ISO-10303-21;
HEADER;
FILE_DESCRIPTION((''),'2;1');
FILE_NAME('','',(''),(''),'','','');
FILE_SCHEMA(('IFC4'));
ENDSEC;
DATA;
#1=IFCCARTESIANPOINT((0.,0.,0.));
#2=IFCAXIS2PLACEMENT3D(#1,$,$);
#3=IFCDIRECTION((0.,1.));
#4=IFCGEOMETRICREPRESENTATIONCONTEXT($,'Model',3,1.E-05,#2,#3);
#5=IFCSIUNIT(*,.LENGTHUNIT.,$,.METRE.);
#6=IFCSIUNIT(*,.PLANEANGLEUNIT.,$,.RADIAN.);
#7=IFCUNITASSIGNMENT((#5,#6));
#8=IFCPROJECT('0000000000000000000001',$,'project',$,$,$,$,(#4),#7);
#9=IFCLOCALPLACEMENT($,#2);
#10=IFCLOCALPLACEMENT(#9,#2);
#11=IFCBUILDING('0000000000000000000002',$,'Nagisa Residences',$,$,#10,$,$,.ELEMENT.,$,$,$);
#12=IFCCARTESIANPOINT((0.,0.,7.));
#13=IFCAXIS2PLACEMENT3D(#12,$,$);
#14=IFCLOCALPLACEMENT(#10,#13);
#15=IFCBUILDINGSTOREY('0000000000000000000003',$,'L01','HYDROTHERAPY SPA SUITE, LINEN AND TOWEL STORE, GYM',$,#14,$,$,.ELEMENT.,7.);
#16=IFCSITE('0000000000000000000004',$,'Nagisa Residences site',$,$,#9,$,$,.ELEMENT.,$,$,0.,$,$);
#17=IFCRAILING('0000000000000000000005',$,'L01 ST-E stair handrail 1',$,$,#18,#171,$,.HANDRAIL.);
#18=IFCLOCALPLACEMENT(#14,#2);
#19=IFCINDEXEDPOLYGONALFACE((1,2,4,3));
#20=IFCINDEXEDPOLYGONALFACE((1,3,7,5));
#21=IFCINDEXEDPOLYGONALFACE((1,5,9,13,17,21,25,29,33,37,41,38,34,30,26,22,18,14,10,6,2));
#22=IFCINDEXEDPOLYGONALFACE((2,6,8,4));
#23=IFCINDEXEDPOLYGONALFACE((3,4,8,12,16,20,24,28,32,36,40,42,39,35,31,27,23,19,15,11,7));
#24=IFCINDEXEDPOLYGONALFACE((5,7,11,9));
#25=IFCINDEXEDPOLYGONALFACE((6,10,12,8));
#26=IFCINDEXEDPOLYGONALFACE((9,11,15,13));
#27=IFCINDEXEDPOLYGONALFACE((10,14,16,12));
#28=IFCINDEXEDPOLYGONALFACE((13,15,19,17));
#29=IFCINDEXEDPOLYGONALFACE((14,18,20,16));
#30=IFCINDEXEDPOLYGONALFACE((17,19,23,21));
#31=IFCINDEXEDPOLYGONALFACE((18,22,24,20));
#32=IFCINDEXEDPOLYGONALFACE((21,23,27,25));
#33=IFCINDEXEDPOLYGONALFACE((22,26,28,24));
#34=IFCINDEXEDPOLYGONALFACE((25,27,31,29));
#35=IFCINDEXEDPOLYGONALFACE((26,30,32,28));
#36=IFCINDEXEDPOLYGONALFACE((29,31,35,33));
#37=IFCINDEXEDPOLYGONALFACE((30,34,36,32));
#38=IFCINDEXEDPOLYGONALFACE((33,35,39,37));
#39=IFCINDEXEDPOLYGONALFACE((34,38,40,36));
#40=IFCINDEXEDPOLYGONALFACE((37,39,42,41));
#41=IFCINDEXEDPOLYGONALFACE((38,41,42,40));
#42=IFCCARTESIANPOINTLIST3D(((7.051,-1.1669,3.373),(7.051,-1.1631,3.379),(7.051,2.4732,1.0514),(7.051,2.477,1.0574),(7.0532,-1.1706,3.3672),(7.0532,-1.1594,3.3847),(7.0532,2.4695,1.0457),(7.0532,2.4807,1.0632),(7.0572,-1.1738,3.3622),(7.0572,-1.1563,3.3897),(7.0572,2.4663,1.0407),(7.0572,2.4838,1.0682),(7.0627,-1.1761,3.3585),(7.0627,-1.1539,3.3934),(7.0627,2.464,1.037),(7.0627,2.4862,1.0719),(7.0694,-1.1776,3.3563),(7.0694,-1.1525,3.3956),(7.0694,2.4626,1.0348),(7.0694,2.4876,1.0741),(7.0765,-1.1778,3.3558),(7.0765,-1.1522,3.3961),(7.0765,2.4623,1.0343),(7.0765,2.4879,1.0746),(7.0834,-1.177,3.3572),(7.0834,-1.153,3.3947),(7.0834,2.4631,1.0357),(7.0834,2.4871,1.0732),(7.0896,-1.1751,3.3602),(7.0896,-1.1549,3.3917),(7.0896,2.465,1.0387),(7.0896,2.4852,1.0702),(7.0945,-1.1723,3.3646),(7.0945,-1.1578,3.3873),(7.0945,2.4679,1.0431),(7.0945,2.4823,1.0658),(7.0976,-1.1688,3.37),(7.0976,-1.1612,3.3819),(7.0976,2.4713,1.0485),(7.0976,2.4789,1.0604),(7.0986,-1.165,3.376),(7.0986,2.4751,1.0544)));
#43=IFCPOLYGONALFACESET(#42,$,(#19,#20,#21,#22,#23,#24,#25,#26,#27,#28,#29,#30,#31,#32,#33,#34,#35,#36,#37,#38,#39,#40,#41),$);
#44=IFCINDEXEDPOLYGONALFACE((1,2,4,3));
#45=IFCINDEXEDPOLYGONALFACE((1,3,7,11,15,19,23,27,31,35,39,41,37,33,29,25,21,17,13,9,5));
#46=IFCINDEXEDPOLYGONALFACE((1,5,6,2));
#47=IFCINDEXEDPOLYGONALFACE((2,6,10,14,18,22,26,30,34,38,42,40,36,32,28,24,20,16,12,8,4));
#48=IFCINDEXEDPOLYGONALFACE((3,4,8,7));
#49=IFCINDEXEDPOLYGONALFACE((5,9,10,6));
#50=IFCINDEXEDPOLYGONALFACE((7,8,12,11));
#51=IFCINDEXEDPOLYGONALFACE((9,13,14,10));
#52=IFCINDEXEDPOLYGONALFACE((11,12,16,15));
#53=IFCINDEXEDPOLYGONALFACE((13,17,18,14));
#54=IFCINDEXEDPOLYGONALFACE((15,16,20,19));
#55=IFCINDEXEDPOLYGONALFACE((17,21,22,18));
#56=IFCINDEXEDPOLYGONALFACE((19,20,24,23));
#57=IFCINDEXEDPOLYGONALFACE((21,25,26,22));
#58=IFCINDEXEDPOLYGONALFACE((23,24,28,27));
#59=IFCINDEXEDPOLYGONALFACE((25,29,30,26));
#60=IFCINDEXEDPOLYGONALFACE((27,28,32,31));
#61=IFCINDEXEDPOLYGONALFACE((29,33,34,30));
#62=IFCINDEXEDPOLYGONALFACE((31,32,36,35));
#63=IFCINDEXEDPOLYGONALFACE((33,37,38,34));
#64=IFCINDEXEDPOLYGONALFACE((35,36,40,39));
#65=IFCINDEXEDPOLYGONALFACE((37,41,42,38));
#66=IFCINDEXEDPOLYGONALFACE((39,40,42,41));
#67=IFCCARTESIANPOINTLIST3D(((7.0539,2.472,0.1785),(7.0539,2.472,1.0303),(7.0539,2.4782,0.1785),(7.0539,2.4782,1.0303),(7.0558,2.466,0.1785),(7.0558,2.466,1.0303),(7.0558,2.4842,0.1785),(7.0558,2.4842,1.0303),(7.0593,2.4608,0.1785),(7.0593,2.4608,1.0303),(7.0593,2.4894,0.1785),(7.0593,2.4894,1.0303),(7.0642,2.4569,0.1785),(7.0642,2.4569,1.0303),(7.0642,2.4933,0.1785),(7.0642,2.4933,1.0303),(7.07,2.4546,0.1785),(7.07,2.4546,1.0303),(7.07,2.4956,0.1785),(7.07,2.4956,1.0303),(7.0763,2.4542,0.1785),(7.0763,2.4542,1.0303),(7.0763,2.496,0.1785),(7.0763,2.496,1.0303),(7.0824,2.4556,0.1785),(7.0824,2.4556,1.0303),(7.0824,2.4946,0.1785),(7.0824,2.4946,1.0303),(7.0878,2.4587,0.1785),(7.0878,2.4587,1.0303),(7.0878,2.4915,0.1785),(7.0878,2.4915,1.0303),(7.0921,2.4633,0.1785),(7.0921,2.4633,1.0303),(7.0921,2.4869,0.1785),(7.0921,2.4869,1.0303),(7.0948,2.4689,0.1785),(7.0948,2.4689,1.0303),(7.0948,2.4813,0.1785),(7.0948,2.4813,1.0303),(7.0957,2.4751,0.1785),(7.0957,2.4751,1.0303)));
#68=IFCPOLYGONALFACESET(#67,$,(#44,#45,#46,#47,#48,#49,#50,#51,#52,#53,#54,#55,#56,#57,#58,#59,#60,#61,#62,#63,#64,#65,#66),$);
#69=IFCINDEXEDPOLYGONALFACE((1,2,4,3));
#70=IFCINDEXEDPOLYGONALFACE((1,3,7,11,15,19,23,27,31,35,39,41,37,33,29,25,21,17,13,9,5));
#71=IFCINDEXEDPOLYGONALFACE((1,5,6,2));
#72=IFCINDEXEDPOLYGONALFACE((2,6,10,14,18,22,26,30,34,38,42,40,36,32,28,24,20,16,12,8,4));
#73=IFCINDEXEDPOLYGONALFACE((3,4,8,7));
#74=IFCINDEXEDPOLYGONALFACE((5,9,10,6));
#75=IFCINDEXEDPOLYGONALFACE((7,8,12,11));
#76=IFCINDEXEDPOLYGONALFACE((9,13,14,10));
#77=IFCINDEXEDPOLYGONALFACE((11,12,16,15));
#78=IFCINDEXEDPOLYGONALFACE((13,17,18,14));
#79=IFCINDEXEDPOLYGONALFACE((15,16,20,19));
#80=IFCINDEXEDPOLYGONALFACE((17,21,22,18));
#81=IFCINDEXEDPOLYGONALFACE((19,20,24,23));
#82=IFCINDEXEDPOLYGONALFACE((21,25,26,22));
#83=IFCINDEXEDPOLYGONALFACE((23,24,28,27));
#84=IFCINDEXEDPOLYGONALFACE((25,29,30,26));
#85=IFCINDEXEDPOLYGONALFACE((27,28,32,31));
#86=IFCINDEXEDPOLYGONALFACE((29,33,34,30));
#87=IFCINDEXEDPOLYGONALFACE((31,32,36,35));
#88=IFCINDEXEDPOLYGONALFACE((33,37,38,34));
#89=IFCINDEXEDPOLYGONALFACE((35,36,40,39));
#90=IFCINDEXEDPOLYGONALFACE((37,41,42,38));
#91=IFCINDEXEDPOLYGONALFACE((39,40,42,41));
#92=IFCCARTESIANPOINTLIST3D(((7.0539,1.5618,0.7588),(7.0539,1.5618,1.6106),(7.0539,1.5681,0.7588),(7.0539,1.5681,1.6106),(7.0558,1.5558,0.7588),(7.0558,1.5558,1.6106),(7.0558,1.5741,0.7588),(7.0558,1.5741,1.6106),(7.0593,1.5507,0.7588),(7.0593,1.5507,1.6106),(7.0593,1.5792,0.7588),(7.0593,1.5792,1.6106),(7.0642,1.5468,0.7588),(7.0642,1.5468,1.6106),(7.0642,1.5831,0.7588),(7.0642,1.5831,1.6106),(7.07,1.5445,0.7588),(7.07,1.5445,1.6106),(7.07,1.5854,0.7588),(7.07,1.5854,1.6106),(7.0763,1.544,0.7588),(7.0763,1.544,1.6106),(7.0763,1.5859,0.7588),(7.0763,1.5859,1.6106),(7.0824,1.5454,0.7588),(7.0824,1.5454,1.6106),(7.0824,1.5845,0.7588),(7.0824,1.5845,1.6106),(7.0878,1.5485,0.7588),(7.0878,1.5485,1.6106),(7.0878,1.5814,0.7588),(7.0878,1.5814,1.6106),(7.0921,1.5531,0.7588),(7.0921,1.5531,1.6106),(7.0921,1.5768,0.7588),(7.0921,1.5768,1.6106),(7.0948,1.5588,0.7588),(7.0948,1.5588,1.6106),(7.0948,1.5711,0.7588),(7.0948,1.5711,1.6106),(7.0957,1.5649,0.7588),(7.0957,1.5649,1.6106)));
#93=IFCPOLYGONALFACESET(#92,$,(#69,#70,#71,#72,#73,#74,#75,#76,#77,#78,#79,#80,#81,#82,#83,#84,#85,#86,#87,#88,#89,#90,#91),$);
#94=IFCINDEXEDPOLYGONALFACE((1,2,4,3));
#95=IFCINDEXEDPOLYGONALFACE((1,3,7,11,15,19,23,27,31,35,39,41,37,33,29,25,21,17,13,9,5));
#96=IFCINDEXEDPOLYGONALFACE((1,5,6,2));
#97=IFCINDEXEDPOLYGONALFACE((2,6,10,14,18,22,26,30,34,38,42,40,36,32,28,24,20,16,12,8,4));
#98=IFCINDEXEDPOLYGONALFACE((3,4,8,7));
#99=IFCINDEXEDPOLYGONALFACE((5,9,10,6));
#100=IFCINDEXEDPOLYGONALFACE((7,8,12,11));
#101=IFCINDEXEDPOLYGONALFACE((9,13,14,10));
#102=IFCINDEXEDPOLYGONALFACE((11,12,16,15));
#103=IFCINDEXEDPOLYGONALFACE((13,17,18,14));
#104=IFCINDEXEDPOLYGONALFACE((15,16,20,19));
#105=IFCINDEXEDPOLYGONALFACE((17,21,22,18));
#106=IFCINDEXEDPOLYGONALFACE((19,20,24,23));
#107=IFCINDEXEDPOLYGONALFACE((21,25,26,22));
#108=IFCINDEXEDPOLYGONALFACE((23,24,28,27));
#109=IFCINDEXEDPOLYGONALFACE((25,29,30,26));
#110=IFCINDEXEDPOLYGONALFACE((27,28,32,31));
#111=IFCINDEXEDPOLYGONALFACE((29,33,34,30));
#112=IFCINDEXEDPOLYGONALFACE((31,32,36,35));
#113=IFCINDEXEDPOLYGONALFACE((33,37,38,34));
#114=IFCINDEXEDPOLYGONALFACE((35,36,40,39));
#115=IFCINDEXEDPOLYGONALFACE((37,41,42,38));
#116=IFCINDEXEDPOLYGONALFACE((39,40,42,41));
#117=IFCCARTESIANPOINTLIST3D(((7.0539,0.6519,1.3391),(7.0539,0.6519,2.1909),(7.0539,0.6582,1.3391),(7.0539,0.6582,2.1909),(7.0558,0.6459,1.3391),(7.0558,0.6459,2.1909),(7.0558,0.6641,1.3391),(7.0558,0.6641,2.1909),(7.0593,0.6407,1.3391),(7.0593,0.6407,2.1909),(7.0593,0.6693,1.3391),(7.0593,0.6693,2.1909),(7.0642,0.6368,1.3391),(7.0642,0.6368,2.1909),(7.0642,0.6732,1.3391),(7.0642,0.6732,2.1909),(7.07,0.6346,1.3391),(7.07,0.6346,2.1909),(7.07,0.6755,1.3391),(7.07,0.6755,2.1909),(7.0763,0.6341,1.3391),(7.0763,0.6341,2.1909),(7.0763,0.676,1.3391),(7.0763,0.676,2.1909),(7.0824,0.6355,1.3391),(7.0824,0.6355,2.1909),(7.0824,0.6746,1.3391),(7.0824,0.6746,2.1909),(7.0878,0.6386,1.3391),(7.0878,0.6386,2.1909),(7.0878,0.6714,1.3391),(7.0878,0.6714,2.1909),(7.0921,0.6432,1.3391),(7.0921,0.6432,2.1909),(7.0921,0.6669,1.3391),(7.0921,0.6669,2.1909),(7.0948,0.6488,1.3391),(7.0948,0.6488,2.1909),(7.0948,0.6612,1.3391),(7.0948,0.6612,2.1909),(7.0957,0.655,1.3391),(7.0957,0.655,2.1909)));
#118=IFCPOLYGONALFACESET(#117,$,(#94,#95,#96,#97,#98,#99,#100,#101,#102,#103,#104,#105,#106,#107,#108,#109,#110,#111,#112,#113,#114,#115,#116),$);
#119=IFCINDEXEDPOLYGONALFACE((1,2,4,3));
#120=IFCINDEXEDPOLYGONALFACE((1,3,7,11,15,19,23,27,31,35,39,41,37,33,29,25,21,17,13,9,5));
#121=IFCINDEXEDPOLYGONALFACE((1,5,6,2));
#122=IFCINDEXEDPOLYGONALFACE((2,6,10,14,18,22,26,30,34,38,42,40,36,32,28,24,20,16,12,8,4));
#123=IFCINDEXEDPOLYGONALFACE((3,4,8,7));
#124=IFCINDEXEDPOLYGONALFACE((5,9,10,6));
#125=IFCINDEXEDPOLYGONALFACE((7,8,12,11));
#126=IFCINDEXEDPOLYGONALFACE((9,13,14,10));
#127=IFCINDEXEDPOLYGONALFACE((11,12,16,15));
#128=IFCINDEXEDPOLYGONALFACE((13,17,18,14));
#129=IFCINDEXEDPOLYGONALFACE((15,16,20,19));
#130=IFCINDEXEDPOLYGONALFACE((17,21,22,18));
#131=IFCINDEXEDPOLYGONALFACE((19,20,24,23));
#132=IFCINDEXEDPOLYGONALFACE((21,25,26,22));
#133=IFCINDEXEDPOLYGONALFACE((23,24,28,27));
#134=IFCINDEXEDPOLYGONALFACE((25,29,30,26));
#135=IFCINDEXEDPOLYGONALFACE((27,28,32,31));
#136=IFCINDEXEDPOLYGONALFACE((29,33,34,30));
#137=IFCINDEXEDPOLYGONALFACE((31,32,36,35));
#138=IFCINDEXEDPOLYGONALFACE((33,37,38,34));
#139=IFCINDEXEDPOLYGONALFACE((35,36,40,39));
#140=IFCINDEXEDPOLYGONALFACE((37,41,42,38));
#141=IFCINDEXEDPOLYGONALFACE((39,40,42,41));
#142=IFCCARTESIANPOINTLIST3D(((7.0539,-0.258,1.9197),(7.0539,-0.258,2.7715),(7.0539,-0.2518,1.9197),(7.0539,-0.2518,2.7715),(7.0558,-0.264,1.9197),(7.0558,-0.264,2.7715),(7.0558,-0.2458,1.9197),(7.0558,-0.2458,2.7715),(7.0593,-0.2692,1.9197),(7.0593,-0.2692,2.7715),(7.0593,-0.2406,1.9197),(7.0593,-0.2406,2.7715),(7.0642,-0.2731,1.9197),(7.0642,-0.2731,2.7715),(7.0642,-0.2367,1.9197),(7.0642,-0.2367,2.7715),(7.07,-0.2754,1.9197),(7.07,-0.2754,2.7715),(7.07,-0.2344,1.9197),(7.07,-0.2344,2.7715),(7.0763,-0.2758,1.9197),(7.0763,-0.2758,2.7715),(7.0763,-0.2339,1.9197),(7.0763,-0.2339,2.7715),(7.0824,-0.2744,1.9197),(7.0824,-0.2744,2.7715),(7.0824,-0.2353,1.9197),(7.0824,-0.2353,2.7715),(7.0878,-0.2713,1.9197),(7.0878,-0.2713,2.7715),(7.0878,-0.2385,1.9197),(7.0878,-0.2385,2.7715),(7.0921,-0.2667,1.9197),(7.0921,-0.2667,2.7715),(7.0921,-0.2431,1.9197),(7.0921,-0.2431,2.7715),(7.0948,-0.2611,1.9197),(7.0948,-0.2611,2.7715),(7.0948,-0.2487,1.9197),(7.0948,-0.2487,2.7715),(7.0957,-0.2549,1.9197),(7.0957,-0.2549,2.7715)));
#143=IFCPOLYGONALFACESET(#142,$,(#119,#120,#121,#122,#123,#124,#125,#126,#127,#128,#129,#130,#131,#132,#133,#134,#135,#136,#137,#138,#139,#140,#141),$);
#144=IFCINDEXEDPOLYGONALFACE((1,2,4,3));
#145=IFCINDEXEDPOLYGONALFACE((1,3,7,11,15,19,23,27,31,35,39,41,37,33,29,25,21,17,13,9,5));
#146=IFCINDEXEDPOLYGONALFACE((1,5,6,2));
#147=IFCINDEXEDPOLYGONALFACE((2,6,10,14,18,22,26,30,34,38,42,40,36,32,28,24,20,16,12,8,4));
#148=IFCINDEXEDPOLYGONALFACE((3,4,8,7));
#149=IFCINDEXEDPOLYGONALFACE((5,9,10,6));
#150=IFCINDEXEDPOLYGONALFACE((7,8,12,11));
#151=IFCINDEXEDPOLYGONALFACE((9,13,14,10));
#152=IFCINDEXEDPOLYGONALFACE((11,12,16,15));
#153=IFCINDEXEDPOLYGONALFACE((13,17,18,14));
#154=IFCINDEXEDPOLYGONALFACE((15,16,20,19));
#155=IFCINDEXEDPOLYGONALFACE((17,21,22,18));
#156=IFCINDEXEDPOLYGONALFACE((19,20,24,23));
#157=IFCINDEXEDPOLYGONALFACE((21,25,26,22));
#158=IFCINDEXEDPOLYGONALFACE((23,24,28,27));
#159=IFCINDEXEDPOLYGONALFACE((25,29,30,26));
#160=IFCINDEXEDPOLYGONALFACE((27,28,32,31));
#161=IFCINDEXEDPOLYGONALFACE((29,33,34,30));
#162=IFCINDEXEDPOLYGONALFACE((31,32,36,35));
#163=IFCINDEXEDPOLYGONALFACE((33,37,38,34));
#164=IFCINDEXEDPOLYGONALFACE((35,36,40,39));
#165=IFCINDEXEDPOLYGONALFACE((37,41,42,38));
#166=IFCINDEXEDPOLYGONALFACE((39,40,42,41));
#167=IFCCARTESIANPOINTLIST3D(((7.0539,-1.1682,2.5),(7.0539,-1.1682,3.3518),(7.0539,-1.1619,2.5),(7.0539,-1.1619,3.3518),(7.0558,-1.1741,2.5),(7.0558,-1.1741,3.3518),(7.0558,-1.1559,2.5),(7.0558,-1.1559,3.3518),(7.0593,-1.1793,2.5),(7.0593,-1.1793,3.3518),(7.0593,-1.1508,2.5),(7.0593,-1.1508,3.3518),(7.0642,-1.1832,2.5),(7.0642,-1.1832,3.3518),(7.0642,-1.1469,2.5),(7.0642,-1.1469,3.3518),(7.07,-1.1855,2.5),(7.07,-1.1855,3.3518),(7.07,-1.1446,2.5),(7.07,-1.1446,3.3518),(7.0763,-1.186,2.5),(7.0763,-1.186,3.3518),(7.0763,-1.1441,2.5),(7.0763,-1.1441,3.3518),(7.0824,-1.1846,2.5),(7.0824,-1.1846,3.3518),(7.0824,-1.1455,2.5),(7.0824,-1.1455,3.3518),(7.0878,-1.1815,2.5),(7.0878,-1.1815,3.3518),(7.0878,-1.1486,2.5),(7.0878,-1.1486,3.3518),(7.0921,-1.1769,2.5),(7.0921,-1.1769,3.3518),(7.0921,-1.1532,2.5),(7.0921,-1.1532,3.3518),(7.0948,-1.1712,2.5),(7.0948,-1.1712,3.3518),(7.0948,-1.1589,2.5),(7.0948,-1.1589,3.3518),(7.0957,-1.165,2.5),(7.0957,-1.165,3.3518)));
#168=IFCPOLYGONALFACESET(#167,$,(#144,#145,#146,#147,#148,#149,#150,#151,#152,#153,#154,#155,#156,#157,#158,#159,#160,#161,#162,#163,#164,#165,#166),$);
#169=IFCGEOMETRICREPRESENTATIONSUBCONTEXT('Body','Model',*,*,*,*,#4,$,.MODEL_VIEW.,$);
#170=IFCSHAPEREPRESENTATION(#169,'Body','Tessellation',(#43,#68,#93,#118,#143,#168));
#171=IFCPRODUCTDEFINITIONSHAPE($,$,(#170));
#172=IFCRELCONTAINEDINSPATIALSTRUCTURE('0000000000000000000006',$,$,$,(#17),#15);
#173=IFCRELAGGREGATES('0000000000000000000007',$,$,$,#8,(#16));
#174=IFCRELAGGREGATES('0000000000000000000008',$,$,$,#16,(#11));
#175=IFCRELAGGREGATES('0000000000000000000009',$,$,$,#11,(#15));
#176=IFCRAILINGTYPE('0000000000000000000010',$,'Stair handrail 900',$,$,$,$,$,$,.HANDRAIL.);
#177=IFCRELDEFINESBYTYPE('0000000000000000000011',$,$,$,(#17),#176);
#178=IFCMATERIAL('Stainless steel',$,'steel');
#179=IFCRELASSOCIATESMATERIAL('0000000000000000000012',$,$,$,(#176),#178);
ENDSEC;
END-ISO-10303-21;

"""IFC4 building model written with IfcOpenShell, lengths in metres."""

from ifc_helpers import new_model, si_unit, direction, frame, origin, origin_2d, place, context, subcontext, project, spatial, circle, extrude, material, type_object, element, save


model = new_model("IFC4")

# Units and contexts
model_context = context("Model", 3, precision=1e-05, world=origin(), true_north=direction((0.0, 1.0)))
body_context = subcontext(model_context, "Body", "Model", "MODEL_VIEW")
ifc_project = project(units=[si_unit("LENGTHUNIT", "METRE"), si_unit("PLANEANGLEUNIT", "RADIAN")], contexts=[model_context])

# Site, building, storey
site_placement = place(None, origin())
site = spatial("IfcSite", under=ifc_project, at=site_placement, Name="Nagisa Residences site", CompositionType="ELEMENT", RefElevation=0.0)
building_placement = place(site_placement, origin())
building = spatial("IfcBuilding", under=site, at=building_placement, Name="Nagisa Residences", CompositionType="ELEMENT")
storey_placement = place(building_placement, frame((0.0, 0.0, 7.0)))
storey = spatial("IfcBuildingStorey", under=building, at=storey_placement, Name="L01", Description="HYDROTHERAPY SPA SUITE, LINEN AND TOWEL STORE, GYM", CompositionType="ELEMENT", Elevation=7.0)

# Railing
ifc_material_1 = material(Name="Stainless steel", Category="steel")
railing_type_1 = type_object("IfcRailingType", Name="Stair handrail 900", PredefinedType="HANDRAIL", material=ifc_material_1)
railing_1_placement = place(storey_placement, frame((7.0747, 2.4751, 0.1785)))
element("IfcRailing", 1, at=railing_1_placement, inside=storey, type_object=railing_type_1, Name="L01 ST-E stair handrail 1", PredefinedType="HANDRAIL", context=body_context, shape_type="SweptSolid", body=[
    extrude(circle(Radius=0.0239, at=origin_2d()), frame((0.0, 0.0, 0.876), z_axis=(0.0, -0.843128, 0.537713), x_axis=(1.0, 0.0, 0.0)), (0.0, 0.0, 1.0), 4.3174),
    extrude(circle(Radius=0.021, at=origin_2d()), origin(), (0.0, 0.0, 1.0), 0.8518),
    extrude(circle(Radius=0.021, at=origin_2d()), frame((0.0, -0.9102, 0.5803)), (0.0, 0.0, 1.0), 0.8518),
    extrude(circle(Radius=0.021, at=origin_2d()), frame((0.0, -1.8201, 1.1606)), (0.0, 0.0, 1.0), 0.8518),
    extrude(circle(Radius=0.021, at=origin_2d()), frame((0.0, -2.73, 1.7412)), (0.0, 0.0, 1.0), 0.8518),
    extrude(circle(Radius=0.021, at=origin_2d()), frame((0.0, -3.6401, 2.3215)), (0.0, 0.0, 1.0), 0.8518),
])

save(model, "model.ifc")
